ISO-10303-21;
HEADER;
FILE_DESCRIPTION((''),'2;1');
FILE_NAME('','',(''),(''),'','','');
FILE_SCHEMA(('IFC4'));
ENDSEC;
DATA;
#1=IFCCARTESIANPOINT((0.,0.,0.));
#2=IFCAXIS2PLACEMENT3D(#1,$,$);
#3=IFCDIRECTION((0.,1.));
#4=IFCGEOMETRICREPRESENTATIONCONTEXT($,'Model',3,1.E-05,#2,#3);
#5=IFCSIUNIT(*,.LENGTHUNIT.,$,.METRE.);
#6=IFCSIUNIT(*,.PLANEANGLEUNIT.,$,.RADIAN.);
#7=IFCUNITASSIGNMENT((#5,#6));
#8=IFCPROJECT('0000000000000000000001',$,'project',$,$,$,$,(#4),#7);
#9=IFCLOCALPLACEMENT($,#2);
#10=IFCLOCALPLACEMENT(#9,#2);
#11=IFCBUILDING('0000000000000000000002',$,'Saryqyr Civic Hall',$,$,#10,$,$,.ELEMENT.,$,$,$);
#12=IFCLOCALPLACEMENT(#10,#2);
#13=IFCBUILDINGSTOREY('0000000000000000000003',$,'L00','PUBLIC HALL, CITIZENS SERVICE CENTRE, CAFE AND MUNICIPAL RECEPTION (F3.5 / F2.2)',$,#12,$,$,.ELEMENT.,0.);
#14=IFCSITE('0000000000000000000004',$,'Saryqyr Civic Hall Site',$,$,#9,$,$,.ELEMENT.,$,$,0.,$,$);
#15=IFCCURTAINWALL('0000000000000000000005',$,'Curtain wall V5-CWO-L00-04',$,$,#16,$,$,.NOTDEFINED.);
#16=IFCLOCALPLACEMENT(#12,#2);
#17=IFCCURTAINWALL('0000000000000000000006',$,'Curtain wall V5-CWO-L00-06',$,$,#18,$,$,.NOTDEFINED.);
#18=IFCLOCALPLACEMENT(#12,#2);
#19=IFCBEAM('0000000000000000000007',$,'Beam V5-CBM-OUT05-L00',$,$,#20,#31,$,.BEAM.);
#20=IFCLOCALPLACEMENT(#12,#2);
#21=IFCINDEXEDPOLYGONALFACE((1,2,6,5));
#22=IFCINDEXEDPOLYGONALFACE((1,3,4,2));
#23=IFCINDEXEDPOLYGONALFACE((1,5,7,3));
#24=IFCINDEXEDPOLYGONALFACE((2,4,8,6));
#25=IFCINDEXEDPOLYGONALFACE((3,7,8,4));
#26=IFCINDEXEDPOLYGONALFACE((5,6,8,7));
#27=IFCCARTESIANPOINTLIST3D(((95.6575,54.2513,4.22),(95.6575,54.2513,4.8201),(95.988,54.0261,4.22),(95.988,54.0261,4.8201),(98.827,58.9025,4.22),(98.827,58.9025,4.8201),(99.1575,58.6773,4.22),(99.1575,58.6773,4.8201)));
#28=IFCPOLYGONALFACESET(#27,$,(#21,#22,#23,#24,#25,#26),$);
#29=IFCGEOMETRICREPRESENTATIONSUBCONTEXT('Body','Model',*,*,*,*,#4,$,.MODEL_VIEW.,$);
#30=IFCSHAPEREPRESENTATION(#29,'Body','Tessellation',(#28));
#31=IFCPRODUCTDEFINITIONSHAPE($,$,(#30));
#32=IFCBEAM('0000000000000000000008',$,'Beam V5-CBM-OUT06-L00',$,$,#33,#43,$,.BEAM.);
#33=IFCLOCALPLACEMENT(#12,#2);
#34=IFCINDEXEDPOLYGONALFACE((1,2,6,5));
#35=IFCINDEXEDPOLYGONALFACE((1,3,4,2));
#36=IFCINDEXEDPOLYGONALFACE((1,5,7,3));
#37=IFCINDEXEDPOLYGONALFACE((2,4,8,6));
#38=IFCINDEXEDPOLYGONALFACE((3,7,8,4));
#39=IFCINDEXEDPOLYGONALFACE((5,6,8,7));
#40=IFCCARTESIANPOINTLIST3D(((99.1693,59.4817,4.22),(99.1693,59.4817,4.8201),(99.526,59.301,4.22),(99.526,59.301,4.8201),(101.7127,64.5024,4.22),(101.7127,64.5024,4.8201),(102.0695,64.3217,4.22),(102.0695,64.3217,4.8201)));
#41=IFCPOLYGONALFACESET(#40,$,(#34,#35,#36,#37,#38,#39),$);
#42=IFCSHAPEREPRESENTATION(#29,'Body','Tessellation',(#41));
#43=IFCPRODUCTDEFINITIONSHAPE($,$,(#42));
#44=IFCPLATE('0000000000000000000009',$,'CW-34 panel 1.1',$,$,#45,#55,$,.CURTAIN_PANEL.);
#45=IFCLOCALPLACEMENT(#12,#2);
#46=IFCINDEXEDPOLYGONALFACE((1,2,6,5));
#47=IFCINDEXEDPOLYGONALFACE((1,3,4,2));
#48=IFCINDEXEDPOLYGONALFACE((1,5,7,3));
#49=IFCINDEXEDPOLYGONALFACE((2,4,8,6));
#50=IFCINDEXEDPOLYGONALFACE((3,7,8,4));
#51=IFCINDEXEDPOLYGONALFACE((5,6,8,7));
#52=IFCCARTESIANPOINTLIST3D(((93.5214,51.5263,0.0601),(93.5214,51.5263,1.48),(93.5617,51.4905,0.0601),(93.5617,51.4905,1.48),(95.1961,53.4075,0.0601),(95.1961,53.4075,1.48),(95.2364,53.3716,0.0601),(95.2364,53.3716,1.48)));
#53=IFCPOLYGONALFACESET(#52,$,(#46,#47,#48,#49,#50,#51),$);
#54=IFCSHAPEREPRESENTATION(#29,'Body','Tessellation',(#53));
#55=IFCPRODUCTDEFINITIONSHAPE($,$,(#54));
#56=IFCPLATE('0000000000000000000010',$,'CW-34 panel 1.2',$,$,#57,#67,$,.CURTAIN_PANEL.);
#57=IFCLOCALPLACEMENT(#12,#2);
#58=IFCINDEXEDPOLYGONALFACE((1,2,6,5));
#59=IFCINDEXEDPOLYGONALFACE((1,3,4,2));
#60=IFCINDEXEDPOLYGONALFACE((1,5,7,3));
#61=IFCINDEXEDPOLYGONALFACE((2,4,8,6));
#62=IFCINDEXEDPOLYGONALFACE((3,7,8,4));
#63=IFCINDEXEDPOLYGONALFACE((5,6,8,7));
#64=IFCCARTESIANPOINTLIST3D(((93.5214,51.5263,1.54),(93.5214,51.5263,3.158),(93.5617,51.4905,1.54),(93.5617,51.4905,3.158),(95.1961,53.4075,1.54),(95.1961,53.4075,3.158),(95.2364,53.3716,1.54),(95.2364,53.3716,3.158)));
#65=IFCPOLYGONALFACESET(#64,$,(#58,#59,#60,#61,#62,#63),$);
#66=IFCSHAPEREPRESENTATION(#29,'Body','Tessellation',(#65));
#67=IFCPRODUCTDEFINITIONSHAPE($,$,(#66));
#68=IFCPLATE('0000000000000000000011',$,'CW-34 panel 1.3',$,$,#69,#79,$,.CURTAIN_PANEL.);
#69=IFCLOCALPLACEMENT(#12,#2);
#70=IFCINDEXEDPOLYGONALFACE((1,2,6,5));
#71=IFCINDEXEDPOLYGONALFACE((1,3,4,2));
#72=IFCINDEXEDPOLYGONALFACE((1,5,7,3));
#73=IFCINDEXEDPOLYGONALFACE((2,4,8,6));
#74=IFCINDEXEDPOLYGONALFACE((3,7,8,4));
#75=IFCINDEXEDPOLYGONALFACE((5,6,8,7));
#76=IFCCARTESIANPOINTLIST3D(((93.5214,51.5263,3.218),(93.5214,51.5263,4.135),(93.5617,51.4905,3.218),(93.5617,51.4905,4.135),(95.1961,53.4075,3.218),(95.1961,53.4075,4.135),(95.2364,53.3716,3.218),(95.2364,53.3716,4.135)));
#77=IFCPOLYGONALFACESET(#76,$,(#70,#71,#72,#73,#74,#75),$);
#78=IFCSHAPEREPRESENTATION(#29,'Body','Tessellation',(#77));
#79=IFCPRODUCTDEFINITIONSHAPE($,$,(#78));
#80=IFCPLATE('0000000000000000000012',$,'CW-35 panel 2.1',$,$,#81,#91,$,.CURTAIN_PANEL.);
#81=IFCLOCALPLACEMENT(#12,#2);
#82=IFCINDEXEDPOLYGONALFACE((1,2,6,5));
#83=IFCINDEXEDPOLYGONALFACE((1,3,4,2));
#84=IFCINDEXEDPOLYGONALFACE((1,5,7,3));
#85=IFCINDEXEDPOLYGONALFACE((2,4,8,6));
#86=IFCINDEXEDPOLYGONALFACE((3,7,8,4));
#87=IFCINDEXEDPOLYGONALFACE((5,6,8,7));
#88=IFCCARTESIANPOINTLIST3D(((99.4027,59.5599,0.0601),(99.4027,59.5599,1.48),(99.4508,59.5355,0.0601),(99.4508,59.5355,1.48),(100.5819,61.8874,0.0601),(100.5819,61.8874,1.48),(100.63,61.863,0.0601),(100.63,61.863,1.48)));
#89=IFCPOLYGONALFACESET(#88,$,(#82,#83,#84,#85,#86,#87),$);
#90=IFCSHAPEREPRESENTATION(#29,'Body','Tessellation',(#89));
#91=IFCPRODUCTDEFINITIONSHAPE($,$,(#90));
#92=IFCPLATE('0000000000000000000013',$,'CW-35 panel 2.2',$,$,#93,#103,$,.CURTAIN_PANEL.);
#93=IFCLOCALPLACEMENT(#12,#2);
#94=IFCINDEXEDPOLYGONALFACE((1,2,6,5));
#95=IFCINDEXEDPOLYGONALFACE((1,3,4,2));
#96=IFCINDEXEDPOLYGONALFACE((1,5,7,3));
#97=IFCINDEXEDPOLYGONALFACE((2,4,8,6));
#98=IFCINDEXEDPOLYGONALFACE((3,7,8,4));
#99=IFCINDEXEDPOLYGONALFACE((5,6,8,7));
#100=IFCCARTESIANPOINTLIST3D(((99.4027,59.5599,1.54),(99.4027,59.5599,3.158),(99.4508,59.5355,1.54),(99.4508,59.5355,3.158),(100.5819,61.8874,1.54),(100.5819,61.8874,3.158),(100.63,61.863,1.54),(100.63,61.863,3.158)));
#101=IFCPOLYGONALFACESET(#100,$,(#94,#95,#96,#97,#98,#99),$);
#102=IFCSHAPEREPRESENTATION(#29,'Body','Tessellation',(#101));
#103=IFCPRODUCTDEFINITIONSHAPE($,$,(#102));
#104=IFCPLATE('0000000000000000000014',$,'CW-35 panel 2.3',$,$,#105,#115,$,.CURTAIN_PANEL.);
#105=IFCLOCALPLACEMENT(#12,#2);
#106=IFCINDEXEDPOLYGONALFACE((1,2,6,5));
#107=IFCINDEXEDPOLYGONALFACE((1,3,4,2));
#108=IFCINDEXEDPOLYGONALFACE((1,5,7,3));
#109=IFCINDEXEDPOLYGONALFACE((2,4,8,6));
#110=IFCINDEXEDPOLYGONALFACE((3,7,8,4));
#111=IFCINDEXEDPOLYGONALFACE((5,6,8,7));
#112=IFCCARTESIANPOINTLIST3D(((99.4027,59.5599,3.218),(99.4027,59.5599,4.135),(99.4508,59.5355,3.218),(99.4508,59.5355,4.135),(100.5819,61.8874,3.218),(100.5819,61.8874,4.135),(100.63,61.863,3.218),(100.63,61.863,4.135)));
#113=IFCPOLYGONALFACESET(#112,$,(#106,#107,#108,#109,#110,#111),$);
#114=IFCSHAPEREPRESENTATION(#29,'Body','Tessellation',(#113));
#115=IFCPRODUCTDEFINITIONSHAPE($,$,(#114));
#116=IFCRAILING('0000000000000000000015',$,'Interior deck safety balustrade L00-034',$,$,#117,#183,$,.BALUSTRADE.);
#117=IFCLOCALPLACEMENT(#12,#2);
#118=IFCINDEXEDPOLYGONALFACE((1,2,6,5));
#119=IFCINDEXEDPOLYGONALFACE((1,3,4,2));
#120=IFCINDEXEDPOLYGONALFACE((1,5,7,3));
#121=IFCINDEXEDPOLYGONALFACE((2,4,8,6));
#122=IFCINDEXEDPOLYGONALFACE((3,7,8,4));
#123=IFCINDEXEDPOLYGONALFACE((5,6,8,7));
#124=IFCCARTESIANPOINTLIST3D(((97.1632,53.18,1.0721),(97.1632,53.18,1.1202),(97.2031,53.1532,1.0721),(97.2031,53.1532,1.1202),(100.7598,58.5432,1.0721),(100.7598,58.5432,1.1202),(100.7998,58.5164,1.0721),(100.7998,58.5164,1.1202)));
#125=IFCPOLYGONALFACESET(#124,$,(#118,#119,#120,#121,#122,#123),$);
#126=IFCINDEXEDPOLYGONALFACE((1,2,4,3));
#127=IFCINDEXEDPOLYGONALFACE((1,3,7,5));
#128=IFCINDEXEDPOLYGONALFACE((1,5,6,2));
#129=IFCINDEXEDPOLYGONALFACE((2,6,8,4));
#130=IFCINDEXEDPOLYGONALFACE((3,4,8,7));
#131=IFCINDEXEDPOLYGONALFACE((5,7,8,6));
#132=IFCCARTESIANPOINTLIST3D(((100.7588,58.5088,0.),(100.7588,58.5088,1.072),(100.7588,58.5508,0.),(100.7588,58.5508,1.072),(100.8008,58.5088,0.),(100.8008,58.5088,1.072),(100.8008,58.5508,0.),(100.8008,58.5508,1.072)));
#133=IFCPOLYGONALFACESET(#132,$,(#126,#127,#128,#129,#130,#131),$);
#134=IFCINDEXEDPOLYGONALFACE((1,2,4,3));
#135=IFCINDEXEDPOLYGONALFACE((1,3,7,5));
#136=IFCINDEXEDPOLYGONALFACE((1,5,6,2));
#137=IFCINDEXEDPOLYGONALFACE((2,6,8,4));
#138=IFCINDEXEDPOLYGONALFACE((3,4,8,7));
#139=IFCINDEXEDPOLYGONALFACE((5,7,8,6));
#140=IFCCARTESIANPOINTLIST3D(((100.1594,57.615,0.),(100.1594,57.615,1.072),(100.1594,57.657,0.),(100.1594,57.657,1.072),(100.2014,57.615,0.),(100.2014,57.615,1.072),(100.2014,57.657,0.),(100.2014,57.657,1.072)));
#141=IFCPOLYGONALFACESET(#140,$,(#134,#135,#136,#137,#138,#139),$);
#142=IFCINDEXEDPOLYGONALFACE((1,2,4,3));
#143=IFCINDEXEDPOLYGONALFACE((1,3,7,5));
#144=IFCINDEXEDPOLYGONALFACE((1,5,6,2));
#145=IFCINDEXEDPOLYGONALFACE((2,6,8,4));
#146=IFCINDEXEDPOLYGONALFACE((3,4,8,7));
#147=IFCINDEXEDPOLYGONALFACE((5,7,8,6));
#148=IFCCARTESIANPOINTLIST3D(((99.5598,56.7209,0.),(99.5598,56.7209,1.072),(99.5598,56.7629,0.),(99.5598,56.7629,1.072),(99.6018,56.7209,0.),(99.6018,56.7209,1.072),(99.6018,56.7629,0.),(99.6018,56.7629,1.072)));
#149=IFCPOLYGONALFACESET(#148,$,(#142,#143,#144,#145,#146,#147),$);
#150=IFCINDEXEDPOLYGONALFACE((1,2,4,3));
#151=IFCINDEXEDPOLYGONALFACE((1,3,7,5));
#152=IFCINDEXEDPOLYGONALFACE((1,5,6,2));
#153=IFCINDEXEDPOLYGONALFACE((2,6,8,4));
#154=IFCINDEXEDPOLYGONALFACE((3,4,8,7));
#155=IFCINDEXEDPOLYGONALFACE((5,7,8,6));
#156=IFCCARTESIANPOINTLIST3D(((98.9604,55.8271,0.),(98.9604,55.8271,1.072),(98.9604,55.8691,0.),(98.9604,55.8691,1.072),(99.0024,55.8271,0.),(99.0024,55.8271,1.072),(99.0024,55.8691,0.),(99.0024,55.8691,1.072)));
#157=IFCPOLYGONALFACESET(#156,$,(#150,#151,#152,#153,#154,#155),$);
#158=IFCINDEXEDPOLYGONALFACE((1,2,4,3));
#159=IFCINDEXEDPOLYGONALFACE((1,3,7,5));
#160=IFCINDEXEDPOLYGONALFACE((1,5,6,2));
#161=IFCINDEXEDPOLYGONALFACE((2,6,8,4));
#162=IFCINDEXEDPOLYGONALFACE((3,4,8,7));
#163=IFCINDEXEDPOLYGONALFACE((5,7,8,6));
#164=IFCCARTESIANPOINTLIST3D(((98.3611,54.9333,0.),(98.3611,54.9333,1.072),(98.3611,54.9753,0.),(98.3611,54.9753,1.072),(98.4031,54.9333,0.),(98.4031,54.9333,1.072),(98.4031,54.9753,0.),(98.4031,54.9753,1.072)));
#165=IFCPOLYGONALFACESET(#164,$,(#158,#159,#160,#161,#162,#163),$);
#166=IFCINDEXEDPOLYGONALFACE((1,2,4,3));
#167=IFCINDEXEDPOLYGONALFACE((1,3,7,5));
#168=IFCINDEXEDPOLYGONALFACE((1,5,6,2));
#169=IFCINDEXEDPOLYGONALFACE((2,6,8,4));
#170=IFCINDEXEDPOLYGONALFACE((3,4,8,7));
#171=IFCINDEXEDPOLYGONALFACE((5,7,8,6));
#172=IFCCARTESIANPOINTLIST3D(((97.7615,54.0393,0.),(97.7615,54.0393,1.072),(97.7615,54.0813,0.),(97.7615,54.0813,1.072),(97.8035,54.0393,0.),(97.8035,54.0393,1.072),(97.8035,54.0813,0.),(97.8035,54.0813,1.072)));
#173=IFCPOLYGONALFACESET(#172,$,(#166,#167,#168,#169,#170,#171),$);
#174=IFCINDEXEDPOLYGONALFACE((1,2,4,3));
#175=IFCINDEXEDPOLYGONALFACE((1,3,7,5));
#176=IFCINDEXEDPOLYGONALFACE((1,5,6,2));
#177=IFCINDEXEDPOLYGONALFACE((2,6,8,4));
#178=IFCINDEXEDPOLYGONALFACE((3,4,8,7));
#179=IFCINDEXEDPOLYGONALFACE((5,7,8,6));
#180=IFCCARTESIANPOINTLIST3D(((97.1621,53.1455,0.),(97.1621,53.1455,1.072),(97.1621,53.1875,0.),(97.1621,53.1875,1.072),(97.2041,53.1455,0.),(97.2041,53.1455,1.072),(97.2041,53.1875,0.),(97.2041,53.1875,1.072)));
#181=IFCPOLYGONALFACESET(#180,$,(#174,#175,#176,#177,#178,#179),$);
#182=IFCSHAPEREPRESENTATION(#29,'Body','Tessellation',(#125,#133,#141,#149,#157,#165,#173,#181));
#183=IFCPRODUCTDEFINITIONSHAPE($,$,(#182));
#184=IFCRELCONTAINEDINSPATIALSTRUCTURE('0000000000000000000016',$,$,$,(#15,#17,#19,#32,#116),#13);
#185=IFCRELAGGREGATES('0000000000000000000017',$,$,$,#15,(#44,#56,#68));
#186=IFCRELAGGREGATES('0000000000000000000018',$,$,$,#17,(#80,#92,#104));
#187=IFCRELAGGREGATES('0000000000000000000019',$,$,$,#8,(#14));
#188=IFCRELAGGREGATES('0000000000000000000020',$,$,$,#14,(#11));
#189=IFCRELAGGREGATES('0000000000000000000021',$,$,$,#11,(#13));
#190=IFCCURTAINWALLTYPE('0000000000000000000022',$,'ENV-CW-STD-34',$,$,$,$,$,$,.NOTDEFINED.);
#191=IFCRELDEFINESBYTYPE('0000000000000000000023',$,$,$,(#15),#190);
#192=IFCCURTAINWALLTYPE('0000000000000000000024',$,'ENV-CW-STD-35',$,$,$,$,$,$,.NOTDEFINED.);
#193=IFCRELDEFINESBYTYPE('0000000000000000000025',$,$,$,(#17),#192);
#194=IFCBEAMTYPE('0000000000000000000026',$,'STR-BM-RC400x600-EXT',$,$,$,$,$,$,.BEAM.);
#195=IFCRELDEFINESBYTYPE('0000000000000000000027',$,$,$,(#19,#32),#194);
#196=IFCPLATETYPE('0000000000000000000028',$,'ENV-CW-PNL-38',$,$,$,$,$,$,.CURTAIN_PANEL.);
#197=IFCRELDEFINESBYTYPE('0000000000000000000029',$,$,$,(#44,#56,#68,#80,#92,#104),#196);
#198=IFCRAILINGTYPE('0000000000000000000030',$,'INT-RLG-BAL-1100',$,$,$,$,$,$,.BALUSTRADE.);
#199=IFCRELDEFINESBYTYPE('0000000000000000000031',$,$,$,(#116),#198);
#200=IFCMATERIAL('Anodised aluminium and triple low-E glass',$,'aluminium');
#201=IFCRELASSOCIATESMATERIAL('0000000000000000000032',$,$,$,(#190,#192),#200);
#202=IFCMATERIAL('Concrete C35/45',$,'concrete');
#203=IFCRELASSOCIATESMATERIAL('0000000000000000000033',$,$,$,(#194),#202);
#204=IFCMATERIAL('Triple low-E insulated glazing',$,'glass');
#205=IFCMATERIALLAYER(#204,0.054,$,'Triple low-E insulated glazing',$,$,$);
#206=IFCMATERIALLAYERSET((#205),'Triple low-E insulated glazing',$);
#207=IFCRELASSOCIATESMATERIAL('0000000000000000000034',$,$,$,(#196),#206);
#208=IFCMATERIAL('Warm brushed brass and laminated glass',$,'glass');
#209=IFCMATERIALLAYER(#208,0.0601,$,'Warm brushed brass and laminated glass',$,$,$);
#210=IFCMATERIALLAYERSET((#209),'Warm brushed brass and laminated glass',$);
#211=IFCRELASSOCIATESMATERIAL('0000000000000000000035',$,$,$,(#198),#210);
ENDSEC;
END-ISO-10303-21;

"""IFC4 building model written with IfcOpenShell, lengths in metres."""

from ifc_helpers import new_model, si_unit, direction, frame, origin, origin_2d, place, context, subcontext, project, spatial, rectangle, extrude, material, layer, layer_set, material_profile, profile_set, type_object, element, aggregate, save


model = new_model("IFC4")

# Units and contexts
model_context = context("Model", 3, precision=1e-05, world=origin(), true_north=direction((0.0, 1.0)))
body_context = subcontext(model_context, "Body", "Model", "MODEL_VIEW")
ifc_project = project(units=[si_unit("LENGTHUNIT", "METRE"), si_unit("PLANEANGLEUNIT", "RADIAN")], contexts=[model_context])

# Site, building, storey
site_placement = place(None, origin())
site = spatial("IfcSite", under=ifc_project, at=site_placement, Name="Saryqyr Civic Hall Site", CompositionType="ELEMENT", RefElevation=0.0)
building_placement = place(site_placement, origin())
building = spatial("IfcBuilding", under=site, at=building_placement, Name="Saryqyr Civic Hall", CompositionType="ELEMENT")
storey_placement = place(building_placement, origin())
storey = spatial("IfcBuildingStorey", under=building, at=storey_placement, Name="L00", Description="PUBLIC HALL, CITIZENS SERVICE CENTRE, CAFE AND MUNICIPAL RECEPTION (F3.5 / F2.2)", CompositionType="ELEMENT", Elevation=0.0)

# Curtain walls
ifc_material_1 = material(Name="Anodised aluminium and triple low-E glass", Category="aluminium")
curtain_wall_type_1 = type_object("IfcCurtainWallType", Name="ENV-CW-STD-34", PredefinedType="NOTDEFINED", material=ifc_material_1)
curtain_wall_1_placement = place(storey_placement, origin())
curtain_wall_1 = element("IfcCurtainWall", 1, at=curtain_wall_1_placement, inside=storey, type_object=curtain_wall_type_1, Name="Curtain wall V5-CWO-L00-04", PredefinedType="NOTDEFINED")
curtain_wall_type_2 = type_object("IfcCurtainWallType", Name="ENV-CW-STD-35", PredefinedType="NOTDEFINED", material=ifc_material_1)
curtain_wall_2_placement = place(storey_placement, origin())
curtain_wall_2 = element("IfcCurtainWall", 2, at=curtain_wall_2_placement, inside=storey, type_object=curtain_wall_type_2, Name="Curtain wall V5-CWO-L00-06", PredefinedType="NOTDEFINED")

# Beams
ifc_material_2 = material(Name="Concrete C35/45", Category="concrete")
ifc_material_profile_1 = material_profile(ifc_material_2, rectangle(XDim=0.3999, YDim=0.6001, at=origin_2d()), Name="RC 400x600")
ifc_profile_set_1 = profile_set([ifc_material_profile_1], Name="Concrete C35/45")
beam_type = type_object("IfcBeamType", Name="STR-BM-RC400x600-EXT", PredefinedType="BEAM", material=ifc_profile_set_1)
beam_1_placement = place(storey_placement, frame((95.8228, 54.1387, 4.52), z_axis=(0.56312, 0.826375, 0.0), x_axis=(-0.826375, 0.56312, 0.0)))
element("IfcBeam", 3, at=beam_1_placement, inside=storey, type_object=beam_type, Name="Beam V5-CBM-OUT05-L00", PredefinedType="BEAM", context=body_context, shape_type="SweptSolid", body=[
    extrude(rectangle(XDim=0.3999, YDim=0.6001, at=origin_2d()), origin(), (0.0, 0.0, 1.0), 5.6284),
])
beam_2_placement = place(storey_placement, frame((99.3477, 59.3914, 4.52), z_axis=(0.45191, 0.892064, 0.0), x_axis=(-0.892064, 0.45191, 0.0)))
element("IfcBeam", 4, at=beam_2_placement, inside=storey, type_object=beam_type, Name="Beam V5-CBM-OUT06-L00", PredefinedType="BEAM", context=body_context, shape_type="SweptSolid", body=[
    extrude(rectangle(XDim=0.3999, YDim=0.6001, at=origin_2d()), origin(), (0.0, 0.0, 1.0), 5.6282),
])

# Plates
ifc_material_3 = material(Name="Triple low-E insulated glazing", Category="glass")
ifc_layer_1 = layer(ifc_material_3, 0.054, Name="Triple low-E insulated glazing")
ifc_layer_set_1 = layer_set([ifc_layer_1], Name="Triple low-E insulated glazing")
plate_type = type_object("IfcPlateType", Name="ENV-CW-PNL-38", PredefinedType="CURTAIN_PANEL", material=ifc_layer_set_1)
plate_1_placement = place(storey_placement, frame((94.3789, 52.449, 0.0601), z_axis=(0.0, 0.0, 1.0), x_axis=(-0.664928, -0.746908, 0.0)))
plate_1 = element("IfcPlate", 5, at=plate_1_placement, type_object=plate_type, Name="CW-34 panel 1.1", PredefinedType="CURTAIN_PANEL", context=body_context, shape_type="SweptSolid", body=[
    extrude(rectangle(XDim=2.5186, YDim=0.054, at=origin_2d()), origin(), (0.0, 0.0, 1.0), 1.4199),
])
plate_2_placement = place(storey_placement, frame((94.3789, 52.449, 1.54), z_axis=(0.0, 0.0, 1.0), x_axis=(-0.664928, -0.746908, 0.0)))
plate_2 = element("IfcPlate", 6, at=plate_2_placement, type_object=plate_type, Name="CW-34 panel 1.2", PredefinedType="CURTAIN_PANEL", context=body_context, shape_type="SweptSolid", body=[
    extrude(rectangle(XDim=2.5186, YDim=0.054, at=origin_2d()), origin(), (0.0, 0.0, 1.0), 1.6179),
])
plate_3_placement = place(storey_placement, frame((94.3789, 52.449, 3.218), z_axis=(0.0, 0.0, 1.0), x_axis=(-0.664928, -0.746908, 0.0)))
plate_3 = element("IfcPlate", 7, at=plate_3_placement, type_object=plate_type, Name="CW-34 panel 1.3", PredefinedType="CURTAIN_PANEL", context=body_context, shape_type="SweptSolid", body=[
    extrude(rectangle(XDim=2.5186, YDim=0.054, at=origin_2d()), origin(), (0.0, 0.0, 1.0), 0.917),
])
aggregate(curtain_wall_1, [plate_1, plate_2, plate_3])
plate_4_placement = place(storey_placement, frame((100.0164, 60.7114, 0.0601), z_axis=(0.0, 0.0, 1.0), x_axis=(-0.451942, -0.892047, 0.0)))
plate_4 = element("IfcPlate", 8, at=plate_4_placement, type_object=plate_type, Name="CW-35 panel 2.1", PredefinedType="CURTAIN_PANEL", context=body_context, shape_type="SweptSolid", body=[
    extrude(rectangle(XDim=2.6091, YDim=0.054, at=origin_2d()), origin(), (0.0, 0.0, 1.0), 1.4199),
])
plate_5_placement = place(storey_placement, frame((100.0164, 60.7114, 1.54), z_axis=(0.0, 0.0, 1.0), x_axis=(-0.451942, -0.892047, 0.0)))
plate_5 = element("IfcPlate", 9, at=plate_5_placement, type_object=plate_type, Name="CW-35 panel 2.2", PredefinedType="CURTAIN_PANEL", context=body_context, shape_type="SweptSolid", body=[
    extrude(rectangle(XDim=2.6091, YDim=0.054, at=origin_2d()), origin(), (0.0, 0.0, 1.0), 1.6179),
])
plate_6_placement = place(storey_placement, frame((100.0164, 60.7114, 3.218), z_axis=(0.0, 0.0, 1.0), x_axis=(-0.451942, -0.892047, 0.0)))
plate_6 = element("IfcPlate", 10, at=plate_6_placement, type_object=plate_type, Name="CW-35 panel 2.3", PredefinedType="CURTAIN_PANEL", context=body_context, shape_type="SweptSolid", body=[
    extrude(rectangle(XDim=2.6091, YDim=0.054, at=origin_2d()), origin(), (0.0, 0.0, 1.0), 0.917),
])
aggregate(curtain_wall_2, [plate_4, plate_5, plate_6])

# Railing
ifc_material_4 = material(Name="Warm brushed brass and laminated glass", Category="glass")
ifc_layer_2 = layer(ifc_material_4, 0.0601, Name="Warm brushed brass and laminated glass")
ifc_layer_set_2 = layer_set([ifc_layer_2], Name="Warm brushed brass and laminated glass")
railing_type = type_object("IfcRailingType", Name="INT-RLG-BAL-1100", PredefinedType="BALUSTRADE", material=ifc_layer_set_2)
railing_1_placement = place(storey_placement, frame((100.7798, 58.5298, 0.0)))
element("IfcRailing", 11, at=railing_1_placement, inside=storey, type_object=railing_type, Name="Interior deck safety balustrade L00-034", PredefinedType="BALUSTRADE", context=body_context, shape_type="SweptSolid", body=[
    extrude(rectangle(XDim=0.0481, YDim=0.0481, at=origin_2d()), frame((0.0, 0.0, 1.0962), z_axis=(-0.556967, -0.830535, 0.0), x_axis=(0.830535, -0.556967, 0.0)), (0.0, 0.0, 1.0), 6.4575),
    extrude(rectangle(XDim=0.042, YDim=0.042, at=origin_2d()), origin(), (0.0, 0.0, 1.0), 1.072),
    extrude(rectangle(XDim=0.042, YDim=0.042, at=origin_2d()), frame((-0.5994, -0.8938, 0.0)), (0.0, 0.0, 1.0), 1.072),
    extrude(rectangle(XDim=0.042, YDim=0.042, at=origin_2d()), frame((-1.199, -1.7878, 0.0)), (0.0, 0.0, 1.0), 1.072),
    extrude(rectangle(XDim=0.042, YDim=0.042, at=origin_2d()), frame((-1.7983, -2.6816, 0.0)), (0.0, 0.0, 1.0), 1.072),
    extrude(rectangle(XDim=0.042, YDim=0.042, at=origin_2d()), frame((-2.3977, -3.5754, 0.0)), (0.0, 0.0, 1.0), 1.072),
    extrude(rectangle(XDim=0.042, YDim=0.042, at=origin_2d()), frame((-2.9973, -4.4695, 0.0)), (0.0, 0.0, 1.0), 1.072),
    extrude(rectangle(XDim=0.042, YDim=0.042, at=origin_2d()), frame((-3.5967, -5.3633, 0.0)), (0.0, 0.0, 1.0), 1.072),
])

save(model, "model.ifc")
